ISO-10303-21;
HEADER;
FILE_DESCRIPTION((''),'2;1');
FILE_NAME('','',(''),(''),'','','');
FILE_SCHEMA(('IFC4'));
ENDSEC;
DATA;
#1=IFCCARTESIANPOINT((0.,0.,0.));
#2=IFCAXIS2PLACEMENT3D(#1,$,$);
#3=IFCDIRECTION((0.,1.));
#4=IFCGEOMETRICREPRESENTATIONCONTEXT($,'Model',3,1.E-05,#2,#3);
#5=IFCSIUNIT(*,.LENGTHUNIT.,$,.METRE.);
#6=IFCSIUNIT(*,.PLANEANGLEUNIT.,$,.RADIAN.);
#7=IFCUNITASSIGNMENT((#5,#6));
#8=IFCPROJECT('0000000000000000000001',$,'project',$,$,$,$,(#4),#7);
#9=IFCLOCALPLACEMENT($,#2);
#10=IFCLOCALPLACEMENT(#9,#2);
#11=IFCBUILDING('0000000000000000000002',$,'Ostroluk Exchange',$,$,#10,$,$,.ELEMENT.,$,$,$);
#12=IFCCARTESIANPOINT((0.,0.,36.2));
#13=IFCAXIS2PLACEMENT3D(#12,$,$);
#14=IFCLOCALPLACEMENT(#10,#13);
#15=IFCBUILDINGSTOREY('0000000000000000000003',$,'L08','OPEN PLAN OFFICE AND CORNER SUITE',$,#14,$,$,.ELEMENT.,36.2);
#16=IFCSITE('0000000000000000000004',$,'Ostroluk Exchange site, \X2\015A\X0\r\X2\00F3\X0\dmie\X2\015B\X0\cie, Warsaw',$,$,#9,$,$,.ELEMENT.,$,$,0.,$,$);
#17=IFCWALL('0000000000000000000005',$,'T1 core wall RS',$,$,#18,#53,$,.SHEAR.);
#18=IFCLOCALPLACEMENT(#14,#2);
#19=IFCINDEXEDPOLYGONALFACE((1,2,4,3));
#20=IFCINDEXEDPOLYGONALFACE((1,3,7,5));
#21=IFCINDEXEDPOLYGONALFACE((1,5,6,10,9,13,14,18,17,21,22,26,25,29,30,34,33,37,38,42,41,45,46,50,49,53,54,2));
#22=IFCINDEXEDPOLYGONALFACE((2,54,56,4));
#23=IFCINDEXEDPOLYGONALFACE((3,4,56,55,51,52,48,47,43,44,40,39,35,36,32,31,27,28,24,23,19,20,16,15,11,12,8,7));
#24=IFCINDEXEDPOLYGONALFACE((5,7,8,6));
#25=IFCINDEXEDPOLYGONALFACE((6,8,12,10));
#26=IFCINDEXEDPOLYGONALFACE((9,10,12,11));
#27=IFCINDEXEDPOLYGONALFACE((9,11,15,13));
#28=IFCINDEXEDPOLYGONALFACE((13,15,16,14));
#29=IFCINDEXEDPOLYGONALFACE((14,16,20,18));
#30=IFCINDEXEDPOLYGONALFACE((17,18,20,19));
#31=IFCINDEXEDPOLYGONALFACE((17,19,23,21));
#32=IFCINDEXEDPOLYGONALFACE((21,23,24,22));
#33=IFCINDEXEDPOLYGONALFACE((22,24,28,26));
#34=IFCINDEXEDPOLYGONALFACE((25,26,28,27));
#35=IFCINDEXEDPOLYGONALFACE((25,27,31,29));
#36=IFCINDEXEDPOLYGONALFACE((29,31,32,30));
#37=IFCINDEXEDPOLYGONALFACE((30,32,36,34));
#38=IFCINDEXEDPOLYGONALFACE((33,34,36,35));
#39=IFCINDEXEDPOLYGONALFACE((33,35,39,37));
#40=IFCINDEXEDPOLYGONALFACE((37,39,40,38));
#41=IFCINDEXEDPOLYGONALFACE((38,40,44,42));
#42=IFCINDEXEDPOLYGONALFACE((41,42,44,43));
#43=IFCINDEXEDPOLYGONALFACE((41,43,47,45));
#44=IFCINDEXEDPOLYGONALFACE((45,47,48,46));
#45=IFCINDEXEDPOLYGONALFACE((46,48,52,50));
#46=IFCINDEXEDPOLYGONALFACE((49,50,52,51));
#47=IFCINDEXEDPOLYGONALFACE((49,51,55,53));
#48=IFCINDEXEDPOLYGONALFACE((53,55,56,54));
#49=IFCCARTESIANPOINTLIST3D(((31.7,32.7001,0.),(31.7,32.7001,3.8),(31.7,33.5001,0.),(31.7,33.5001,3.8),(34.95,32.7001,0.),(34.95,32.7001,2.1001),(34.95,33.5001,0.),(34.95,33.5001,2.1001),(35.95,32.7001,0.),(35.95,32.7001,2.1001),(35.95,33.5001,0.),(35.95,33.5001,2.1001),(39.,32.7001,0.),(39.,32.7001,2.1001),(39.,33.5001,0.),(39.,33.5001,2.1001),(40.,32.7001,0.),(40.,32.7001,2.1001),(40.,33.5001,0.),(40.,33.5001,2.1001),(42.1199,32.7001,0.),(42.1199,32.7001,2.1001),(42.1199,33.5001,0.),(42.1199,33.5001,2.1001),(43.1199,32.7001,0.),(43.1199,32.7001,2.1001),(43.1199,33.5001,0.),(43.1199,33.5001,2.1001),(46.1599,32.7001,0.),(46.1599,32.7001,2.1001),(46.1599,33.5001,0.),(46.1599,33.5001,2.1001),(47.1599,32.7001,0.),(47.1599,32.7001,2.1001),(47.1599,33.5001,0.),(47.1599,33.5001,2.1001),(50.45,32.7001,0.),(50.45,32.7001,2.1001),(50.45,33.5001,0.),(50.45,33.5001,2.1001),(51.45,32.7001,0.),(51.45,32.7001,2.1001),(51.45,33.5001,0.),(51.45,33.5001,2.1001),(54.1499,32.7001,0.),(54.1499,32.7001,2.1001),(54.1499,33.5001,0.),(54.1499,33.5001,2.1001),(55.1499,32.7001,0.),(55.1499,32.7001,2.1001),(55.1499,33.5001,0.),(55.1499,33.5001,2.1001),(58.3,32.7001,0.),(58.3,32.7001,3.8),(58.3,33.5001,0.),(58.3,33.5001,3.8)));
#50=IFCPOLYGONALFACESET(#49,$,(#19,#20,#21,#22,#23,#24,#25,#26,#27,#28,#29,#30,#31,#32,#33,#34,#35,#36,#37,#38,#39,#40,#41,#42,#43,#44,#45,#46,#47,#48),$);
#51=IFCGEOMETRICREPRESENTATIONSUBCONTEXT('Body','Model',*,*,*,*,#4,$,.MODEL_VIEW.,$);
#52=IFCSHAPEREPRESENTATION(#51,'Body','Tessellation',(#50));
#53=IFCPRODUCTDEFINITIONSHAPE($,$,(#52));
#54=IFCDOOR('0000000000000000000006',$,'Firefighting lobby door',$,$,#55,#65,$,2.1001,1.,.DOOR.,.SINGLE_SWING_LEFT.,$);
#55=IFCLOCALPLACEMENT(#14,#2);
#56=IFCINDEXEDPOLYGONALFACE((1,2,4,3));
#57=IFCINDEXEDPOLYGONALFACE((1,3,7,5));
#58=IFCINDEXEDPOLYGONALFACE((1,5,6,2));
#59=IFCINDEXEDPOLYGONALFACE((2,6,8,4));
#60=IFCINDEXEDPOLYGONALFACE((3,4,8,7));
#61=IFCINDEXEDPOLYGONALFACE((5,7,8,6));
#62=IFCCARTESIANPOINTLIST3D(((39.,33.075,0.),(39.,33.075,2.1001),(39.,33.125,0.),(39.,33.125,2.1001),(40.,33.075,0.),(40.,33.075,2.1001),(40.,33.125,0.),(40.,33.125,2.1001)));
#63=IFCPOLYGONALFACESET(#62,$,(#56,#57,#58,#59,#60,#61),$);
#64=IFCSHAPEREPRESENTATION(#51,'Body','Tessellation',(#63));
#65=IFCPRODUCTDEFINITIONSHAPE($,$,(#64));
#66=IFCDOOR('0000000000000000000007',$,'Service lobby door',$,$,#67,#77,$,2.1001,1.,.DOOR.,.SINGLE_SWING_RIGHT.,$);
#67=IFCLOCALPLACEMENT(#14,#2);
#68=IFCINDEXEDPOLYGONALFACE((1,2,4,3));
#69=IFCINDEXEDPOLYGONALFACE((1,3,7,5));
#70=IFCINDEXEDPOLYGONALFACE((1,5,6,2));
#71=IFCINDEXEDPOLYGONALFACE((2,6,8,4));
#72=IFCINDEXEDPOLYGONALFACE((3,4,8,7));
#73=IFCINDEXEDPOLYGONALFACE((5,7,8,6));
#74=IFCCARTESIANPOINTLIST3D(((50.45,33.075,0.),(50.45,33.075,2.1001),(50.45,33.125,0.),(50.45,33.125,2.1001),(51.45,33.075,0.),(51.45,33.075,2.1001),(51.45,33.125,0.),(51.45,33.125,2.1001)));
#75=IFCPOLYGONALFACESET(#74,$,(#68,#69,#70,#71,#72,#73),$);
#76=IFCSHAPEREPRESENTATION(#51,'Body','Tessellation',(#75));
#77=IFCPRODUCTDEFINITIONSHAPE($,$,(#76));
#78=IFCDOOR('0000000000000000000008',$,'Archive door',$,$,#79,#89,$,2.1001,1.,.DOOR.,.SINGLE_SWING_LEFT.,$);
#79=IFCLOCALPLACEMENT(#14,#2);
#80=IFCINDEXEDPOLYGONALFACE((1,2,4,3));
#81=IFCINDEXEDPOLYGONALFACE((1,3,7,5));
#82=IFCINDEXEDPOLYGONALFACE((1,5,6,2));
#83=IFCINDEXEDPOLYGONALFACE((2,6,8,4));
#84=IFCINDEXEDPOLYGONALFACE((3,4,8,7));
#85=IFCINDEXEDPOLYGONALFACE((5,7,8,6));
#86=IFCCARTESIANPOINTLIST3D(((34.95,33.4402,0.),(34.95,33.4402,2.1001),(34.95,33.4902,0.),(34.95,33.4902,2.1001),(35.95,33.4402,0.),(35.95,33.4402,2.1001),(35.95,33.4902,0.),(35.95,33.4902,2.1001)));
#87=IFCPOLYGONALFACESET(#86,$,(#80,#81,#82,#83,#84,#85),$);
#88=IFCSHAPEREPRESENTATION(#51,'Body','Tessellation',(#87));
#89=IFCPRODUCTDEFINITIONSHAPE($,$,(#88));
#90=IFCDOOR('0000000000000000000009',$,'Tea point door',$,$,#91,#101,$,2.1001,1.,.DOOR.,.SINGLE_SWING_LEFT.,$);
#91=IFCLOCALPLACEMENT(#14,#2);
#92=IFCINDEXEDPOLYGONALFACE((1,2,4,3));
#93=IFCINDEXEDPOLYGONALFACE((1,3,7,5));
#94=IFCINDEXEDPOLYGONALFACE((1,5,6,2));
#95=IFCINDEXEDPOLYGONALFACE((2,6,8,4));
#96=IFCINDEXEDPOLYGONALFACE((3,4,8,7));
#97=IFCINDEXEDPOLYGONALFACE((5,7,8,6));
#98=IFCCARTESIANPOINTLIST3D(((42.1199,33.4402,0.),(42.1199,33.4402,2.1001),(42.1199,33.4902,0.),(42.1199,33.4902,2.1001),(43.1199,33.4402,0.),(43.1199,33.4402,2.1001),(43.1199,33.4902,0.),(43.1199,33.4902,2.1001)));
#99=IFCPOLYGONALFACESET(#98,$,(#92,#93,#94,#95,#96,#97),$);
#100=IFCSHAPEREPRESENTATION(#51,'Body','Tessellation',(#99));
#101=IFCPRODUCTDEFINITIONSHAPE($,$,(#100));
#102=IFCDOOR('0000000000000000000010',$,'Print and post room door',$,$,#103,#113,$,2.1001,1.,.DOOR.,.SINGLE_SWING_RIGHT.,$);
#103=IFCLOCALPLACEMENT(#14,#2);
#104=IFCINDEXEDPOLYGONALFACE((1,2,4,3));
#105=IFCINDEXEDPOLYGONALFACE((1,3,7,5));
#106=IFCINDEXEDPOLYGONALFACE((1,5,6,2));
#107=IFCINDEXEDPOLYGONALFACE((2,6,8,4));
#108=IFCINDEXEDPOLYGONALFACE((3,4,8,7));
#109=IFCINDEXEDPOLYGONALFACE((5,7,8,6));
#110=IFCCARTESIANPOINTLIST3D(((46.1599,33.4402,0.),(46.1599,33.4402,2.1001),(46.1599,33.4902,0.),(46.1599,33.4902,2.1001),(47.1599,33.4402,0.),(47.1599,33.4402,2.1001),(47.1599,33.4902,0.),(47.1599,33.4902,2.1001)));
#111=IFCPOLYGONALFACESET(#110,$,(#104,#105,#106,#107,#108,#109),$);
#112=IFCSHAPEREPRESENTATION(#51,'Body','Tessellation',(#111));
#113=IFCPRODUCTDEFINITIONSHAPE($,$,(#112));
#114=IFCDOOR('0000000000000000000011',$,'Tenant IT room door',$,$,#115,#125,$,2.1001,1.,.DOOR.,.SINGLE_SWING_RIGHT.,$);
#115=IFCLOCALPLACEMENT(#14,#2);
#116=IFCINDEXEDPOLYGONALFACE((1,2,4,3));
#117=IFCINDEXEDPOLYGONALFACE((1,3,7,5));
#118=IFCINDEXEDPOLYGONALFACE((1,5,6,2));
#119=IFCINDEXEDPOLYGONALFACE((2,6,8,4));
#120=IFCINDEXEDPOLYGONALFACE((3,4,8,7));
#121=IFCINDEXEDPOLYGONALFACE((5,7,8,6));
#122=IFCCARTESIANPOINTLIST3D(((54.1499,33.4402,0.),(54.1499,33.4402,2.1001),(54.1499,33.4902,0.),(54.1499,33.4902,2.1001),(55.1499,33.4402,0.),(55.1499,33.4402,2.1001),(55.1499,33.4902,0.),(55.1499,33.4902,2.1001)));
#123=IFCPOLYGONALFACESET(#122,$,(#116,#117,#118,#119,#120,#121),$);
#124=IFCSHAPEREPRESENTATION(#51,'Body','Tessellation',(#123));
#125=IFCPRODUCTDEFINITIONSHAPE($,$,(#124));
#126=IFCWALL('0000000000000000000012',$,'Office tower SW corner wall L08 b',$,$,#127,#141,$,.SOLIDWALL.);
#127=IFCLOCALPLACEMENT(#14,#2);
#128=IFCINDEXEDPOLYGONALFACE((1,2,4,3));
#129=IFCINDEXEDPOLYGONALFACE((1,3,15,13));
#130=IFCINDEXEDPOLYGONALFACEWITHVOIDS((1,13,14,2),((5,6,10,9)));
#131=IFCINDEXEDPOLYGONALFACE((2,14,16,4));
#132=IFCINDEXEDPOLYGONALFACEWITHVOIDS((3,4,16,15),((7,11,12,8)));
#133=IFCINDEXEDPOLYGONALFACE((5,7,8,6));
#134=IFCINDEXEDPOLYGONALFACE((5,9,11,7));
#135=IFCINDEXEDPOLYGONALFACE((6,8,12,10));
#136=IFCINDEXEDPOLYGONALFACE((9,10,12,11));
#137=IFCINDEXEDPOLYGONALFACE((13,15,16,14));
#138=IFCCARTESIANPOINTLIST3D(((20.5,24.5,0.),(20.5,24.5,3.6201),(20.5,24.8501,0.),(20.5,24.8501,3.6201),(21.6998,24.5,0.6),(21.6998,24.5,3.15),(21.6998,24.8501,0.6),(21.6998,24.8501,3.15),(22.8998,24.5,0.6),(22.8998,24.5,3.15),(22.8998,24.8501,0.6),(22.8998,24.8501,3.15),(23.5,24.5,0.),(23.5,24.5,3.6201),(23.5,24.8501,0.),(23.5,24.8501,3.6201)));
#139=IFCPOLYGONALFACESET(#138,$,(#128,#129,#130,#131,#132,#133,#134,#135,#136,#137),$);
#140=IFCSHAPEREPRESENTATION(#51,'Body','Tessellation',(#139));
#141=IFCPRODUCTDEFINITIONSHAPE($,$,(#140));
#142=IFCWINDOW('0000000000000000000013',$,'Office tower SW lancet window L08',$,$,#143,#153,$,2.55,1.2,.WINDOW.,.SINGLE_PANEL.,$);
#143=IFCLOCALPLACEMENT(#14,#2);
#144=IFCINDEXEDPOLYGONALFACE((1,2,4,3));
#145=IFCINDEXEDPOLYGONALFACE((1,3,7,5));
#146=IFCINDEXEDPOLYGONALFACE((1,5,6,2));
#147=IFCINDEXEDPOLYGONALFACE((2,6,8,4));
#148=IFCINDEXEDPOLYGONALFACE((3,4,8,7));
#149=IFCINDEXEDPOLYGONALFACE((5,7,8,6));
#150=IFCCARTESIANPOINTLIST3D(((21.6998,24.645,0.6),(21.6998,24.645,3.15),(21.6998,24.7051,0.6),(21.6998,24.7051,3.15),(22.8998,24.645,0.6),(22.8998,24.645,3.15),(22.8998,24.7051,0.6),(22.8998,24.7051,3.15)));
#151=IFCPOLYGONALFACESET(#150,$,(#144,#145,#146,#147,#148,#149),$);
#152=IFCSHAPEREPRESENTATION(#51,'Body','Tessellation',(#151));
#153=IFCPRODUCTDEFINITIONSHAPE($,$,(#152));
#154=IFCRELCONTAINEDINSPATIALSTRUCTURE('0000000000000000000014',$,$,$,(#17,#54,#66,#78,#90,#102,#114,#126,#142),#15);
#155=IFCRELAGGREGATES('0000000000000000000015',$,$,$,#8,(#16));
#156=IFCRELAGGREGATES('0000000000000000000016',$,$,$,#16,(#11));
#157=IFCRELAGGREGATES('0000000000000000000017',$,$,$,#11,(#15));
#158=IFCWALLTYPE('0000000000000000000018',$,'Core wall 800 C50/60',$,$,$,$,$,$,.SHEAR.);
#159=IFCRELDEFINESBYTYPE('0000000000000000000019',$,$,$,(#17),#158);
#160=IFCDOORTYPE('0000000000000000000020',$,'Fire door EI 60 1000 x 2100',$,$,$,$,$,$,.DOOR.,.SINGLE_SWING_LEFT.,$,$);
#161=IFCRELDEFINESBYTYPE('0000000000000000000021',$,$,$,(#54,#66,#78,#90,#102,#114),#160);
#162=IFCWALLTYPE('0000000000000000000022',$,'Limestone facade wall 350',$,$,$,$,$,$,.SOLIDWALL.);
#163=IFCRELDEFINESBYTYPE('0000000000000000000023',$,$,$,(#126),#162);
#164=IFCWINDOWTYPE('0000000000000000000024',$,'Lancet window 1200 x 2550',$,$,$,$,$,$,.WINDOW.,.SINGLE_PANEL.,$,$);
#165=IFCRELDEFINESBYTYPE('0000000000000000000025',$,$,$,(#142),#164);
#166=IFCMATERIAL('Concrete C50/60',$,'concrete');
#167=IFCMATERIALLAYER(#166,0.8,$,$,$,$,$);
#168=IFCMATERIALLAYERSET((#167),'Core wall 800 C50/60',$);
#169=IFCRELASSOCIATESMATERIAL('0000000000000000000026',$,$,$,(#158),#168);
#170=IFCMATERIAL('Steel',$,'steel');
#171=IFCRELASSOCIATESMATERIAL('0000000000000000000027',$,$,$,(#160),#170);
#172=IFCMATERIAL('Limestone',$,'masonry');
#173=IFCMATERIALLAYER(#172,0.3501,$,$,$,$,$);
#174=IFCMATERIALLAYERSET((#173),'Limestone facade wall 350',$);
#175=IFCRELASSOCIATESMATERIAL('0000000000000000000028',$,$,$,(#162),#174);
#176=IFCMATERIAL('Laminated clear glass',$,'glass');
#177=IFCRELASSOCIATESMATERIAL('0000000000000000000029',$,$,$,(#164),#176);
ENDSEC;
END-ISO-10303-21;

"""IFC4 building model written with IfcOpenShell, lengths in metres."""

from ifc_helpers import new_model, si_unit, direction, frame, frame_2d, origin, place, context, subcontext, project, spatial, rectangle, extrude, material, layer, layer_set, type_object, element, fill, save


model = new_model("IFC4")

# Units and contexts
model_context = context("Model", 3, precision=1e-05, world=origin(), true_north=direction((0.0, 1.0)))
body_context = subcontext(model_context, "Body", "Model", "MODEL_VIEW")
ifc_project = project(units=[si_unit("LENGTHUNIT", "METRE"), si_unit("PLANEANGLEUNIT", "RADIAN")], contexts=[model_context])

# Site, building, storey
site_placement = place(None, origin())
site = spatial("IfcSite", under=ifc_project, at=site_placement, Name="Ostroluk Exchange site, Śródmieście, Warsaw", CompositionType="ELEMENT", RefElevation=0.0)
building_placement = place(site_placement, origin())
building = spatial("IfcBuilding", under=site, at=building_placement, Name="Ostroluk Exchange", CompositionType="ELEMENT")
storey_placement = place(building_placement, frame((0.0, 0.0, 36.2)))
storey = spatial("IfcBuildingStorey", under=building, at=storey_placement, Name="L08", Description="OPEN PLAN OFFICE AND CORNER SUITE", CompositionType="ELEMENT", Elevation=36.2)

# Wall, openings, doors
ifc_material_1 = material(Name="Concrete C50/60", Category="concrete")
ifc_layer_1 = layer(ifc_material_1, 0.8)
ifc_layer_set_1 = layer_set([ifc_layer_1], Name="Core wall 800 C50/60")
wall_type_1 = type_object("IfcWallType", Name="Core wall 800 C50/60", PredefinedType="SHEAR", material=ifc_layer_set_1)
wall_1_placement = place(storey_placement, frame((31.7, 33.1001, 0.0), z_axis=(0.0, 0.0, 1.0), x_axis=(1.0, 0.0, 0.0)))
wall_1 = element("IfcWall", 1, at=wall_1_placement, inside=storey, type_object=wall_type_1, Name="T1 core wall RS", PredefinedType="SHEAR", context=body_context, shape_type="SweptSolid", body=[
    extrude(rectangle(XDim=26.6001, YDim=0.8, at=frame_2d((13.3, 0.0))), origin(), (0.0, 0.0, 1.0), 3.8),
])
opening_1_placement = place(wall_1_placement, frame((7.3, 0.0, 0.0)))
opening_1 = element("IfcOpeningElement", 2, at=opening_1_placement, cuts=wall_1, PredefinedType="OPENING", context=body_context, shape_type="SweptSolid", body=[
    extrude(rectangle(XDim=1.0, YDim=2.1001, at=frame_2d((0.5, 1.05))), frame((0.0, 0.4099, 0.0), z_axis=(0.0, -1.0, 0.0), x_axis=(1.0, 0.0, 0.0)), (0.0, 0.0, 1.0), 0.8201),
])
opening_2_placement = place(wall_1_placement, frame((18.75, 0.0, 0.0)))
opening_2 = element("IfcOpeningElement", 3, at=opening_2_placement, cuts=wall_1, PredefinedType="OPENING", context=body_context, shape_type="SweptSolid", body=[
    extrude(rectangle(XDim=1.0, YDim=2.1001, at=frame_2d((0.5, 1.05))), frame((0.0, 0.4099, 0.0), z_axis=(0.0, -1.0, 0.0), x_axis=(1.0, 0.0, 0.0)), (0.0, 0.0, 1.0), 0.8201),
])
opening_3_placement = place(wall_1_placement, frame((3.25, 0.0, 0.0)))
opening_3 = element("IfcOpeningElement", 4, at=opening_3_placement, cuts=wall_1, PredefinedType="OPENING", context=body_context, shape_type="SweptSolid", body=[
    extrude(rectangle(XDim=1.0, YDim=2.1001, at=frame_2d((0.5, 1.05))), frame((0.0, 0.4099, 0.0), z_axis=(0.0, -1.0, 0.0), x_axis=(1.0, 0.0, 0.0)), (0.0, 0.0, 1.0), 0.8201),
])
opening_4_placement = place(wall_1_placement, frame((10.4199, 0.0, 0.0)))
opening_4 = element("IfcOpeningElement", 5, at=opening_4_placement, cuts=wall_1, PredefinedType="OPENING", context=body_context, shape_type="SweptSolid", body=[
    extrude(rectangle(XDim=1.0, YDim=2.1001, at=frame_2d((0.5, 1.05))), frame((0.0, 0.4099, 0.0), z_axis=(0.0, -1.0, 0.0), x_axis=(1.0, 0.0, 0.0)), (0.0, 0.0, 1.0), 0.8201),
])
opening_5_placement = place(wall_1_placement, frame((14.46, 0.0, 0.0)))
opening_5 = element("IfcOpeningElement", 6, at=opening_5_placement, cuts=wall_1, PredefinedType="OPENING", context=body_context, shape_type="SweptSolid", body=[
    extrude(rectangle(XDim=1.0, YDim=2.1001, at=frame_2d((0.5, 1.05))), frame((0.0, 0.4099, 0.0), z_axis=(0.0, -1.0, 0.0), x_axis=(1.0, 0.0, 0.0)), (0.0, 0.0, 1.0), 0.8201),
])
opening_6_placement = place(wall_1_placement, frame((22.45, 0.0, 0.0)))
opening_6 = element("IfcOpeningElement", 7, at=opening_6_placement, cuts=wall_1, PredefinedType="OPENING", context=body_context, shape_type="SweptSolid", body=[
    extrude(rectangle(XDim=1.0, YDim=2.1001, at=frame_2d((0.5, 1.05))), frame((0.0, 0.4099, 0.0), z_axis=(0.0, -1.0, 0.0), x_axis=(1.0, 0.0, 0.0)), (0.0, 0.0, 1.0), 0.8201),
])
ifc_material_2 = material(Name="Steel", Category="steel")
door_type_1 = type_object("IfcDoorType", Name="Fire door EI 60 1000 x 2100", OperationType="SINGLE_SWING_LEFT", PredefinedType="DOOR", material=ifc_material_2)
door_1_placement = place(opening_1_placement, origin())
door_1 = element("IfcDoor", 8, at=door_1_placement, inside=storey, type_object=door_type_1, Name="Firefighting lobby door", OperationType="SINGLE_SWING_LEFT", OverallHeight=2.1001, OverallWidth=1.0, PredefinedType="DOOR", context=body_context, shape_type="SweptSolid", body=[
    extrude(rectangle(XDim=1.0, YDim=2.1001, at=frame_2d((0.5, 1.05))), frame((0.0, 0.0249, 0.0), z_axis=(0.0, -1.0, 0.0), x_axis=(1.0, 0.0, 0.0)), (0.0, 0.0, 1.0), 0.05),
])
fill(opening_1, door_1)
door_2_placement = place(opening_2_placement, origin())
door_2 = element("IfcDoor", 9, at=door_2_placement, inside=storey, type_object=door_type_1, Name="Service lobby door", OperationType="SINGLE_SWING_RIGHT", OverallHeight=2.1001, OverallWidth=1.0, PredefinedType="DOOR", context=body_context, shape_type="SweptSolid", body=[
    extrude(rectangle(XDim=1.0, YDim=2.1001, at=frame_2d((0.5, 1.05))), frame((0.0, 0.0249, 0.0), z_axis=(0.0, -1.0, 0.0), x_axis=(1.0, 0.0, 0.0)), (0.0, 0.0, 1.0), 0.05),
])
fill(opening_2, door_2)
door_3_placement = place(opening_3_placement, origin())
door_3 = element("IfcDoor", 10, at=door_3_placement, inside=storey, type_object=door_type_1, Name="Archive door", OperationType="SINGLE_SWING_LEFT", OverallHeight=2.1001, OverallWidth=1.0, PredefinedType="DOOR", context=body_context, shape_type="SweptSolid", body=[
    extrude(rectangle(XDim=1.0, YDim=2.1001, at=frame_2d((0.5, 1.05))), frame((0.0, 0.3901, 0.0), z_axis=(0.0, -1.0, 0.0), x_axis=(1.0, 0.0, 0.0)), (0.0, 0.0, 1.0), 0.05),
])
fill(opening_3, door_3)
door_4_placement = place(opening_4_placement, origin())
door_4 = element("IfcDoor", 11, at=door_4_placement, inside=storey, type_object=door_type_1, Name="Tea point door", OperationType="SINGLE_SWING_LEFT", OverallHeight=2.1001, OverallWidth=1.0, PredefinedType="DOOR", context=body_context, shape_type="SweptSolid", body=[
    extrude(rectangle(XDim=1.0, YDim=2.1001, at=frame_2d((0.5, 1.05))), frame((0.0, 0.3901, 0.0), z_axis=(0.0, -1.0, 0.0), x_axis=(1.0, 0.0, 0.0)), (0.0, 0.0, 1.0), 0.05),
])
fill(opening_4, door_4)
door_5_placement = place(opening_5_placement, origin())
door_5 = element("IfcDoor", 12, at=door_5_placement, inside=storey, type_object=door_type_1, Name="Print and post room door", OperationType="SINGLE_SWING_RIGHT", OverallHeight=2.1001, OverallWidth=1.0, PredefinedType="DOOR", context=body_context, shape_type="SweptSolid", body=[
    extrude(rectangle(XDim=1.0, YDim=2.1001, at=frame_2d((0.5, 1.05))), frame((0.0, 0.3901, 0.0), z_axis=(0.0, -1.0, 0.0), x_axis=(1.0, 0.0, 0.0)), (0.0, 0.0, 1.0), 0.05),
])
fill(opening_5, door_5)
door_6_placement = place(opening_6_placement, origin())
door_6 = element("IfcDoor", 13, at=door_6_placement, inside=storey, type_object=door_type_1, Name="Tenant IT room door", OperationType="SINGLE_SWING_RIGHT", OverallHeight=2.1001, OverallWidth=1.0, PredefinedType="DOOR", context=body_context, shape_type="SweptSolid", body=[
    extrude(rectangle(XDim=1.0, YDim=2.1001, at=frame_2d((0.5, 1.05))), frame((0.0, 0.3901, 0.0), z_axis=(0.0, -1.0, 0.0), x_axis=(1.0, 0.0, 0.0)), (0.0, 0.0, 1.0), 0.05),
])
fill(opening_6, door_6)

# Wall, opening, window
ifc_material_3 = material(Name="Limestone", Category="masonry")
ifc_layer_2 = layer(ifc_material_3, 0.3501)
ifc_layer_set_2 = layer_set([ifc_layer_2], Name="Limestone facade wall 350")
wall_type_2 = type_object("IfcWallType", Name="Limestone facade wall 350", PredefinedType="SOLIDWALL", material=ifc_layer_set_2)
wall_2_placement = place(storey_placement, frame((23.5, 24.675, 0.0), z_axis=(0.0, 0.0, 1.0), x_axis=(-1.0, 0.0, 0.0)))
wall_2 = element("IfcWall", 14, at=wall_2_placement, inside=storey, type_object=wall_type_2, Name="Office tower SW corner wall L08 b", PredefinedType="SOLIDWALL", context=body_context, shape_type="SweptSolid", body=[
    extrude(rectangle(XDim=3.0, YDim=0.3501, at=frame_2d((1.5, 0.0))), origin(), (0.0, 0.0, 1.0), 3.6201),
])
opening_7_placement = place(wall_2_placement, frame((0.6001, 0.0, 0.6001)))
opening_7 = element("IfcOpeningElement", 15, at=opening_7_placement, cuts=wall_2, PredefinedType="OPENING", context=body_context, shape_type="SweptSolid", body=[
    extrude(rectangle(XDim=1.2, YDim=2.55, at=frame_2d((0.6001, 1.2749))), frame((0.0, 0.1851, 0.0), z_axis=(0.0, -1.0, 0.0), x_axis=(1.0, 0.0, 0.0)), (0.0, 0.0, 1.0), 0.3701),
])
ifc_material_4 = material(Name="Laminated clear glass", Category="glass")
window_type = type_object("IfcWindowType", Name="Lancet window 1200 x 2550", PartitioningType="SINGLE_PANEL", PredefinedType="WINDOW", material=ifc_material_4)
window_placement = place(opening_7_placement, origin())
window = element("IfcWindow", 16, at=window_placement, inside=storey, type_object=window_type, Name="Office tower SW lancet window L08", OverallHeight=2.55, OverallWidth=1.2, PartitioningType="SINGLE_PANEL", PredefinedType="WINDOW", context=body_context, shape_type="SweptSolid", body=[
    extrude(rectangle(XDim=1.2, YDim=2.55, at=frame_2d((0.6001, 1.2749))), frame((0.0, 0.03, 0.0), z_axis=(0.0, -1.0, 0.0), x_axis=(1.0, 0.0, 0.0)), (0.0, 0.0, 1.0), 0.0601),
])
fill(opening_7, window)

save(model, "model.ifc")
